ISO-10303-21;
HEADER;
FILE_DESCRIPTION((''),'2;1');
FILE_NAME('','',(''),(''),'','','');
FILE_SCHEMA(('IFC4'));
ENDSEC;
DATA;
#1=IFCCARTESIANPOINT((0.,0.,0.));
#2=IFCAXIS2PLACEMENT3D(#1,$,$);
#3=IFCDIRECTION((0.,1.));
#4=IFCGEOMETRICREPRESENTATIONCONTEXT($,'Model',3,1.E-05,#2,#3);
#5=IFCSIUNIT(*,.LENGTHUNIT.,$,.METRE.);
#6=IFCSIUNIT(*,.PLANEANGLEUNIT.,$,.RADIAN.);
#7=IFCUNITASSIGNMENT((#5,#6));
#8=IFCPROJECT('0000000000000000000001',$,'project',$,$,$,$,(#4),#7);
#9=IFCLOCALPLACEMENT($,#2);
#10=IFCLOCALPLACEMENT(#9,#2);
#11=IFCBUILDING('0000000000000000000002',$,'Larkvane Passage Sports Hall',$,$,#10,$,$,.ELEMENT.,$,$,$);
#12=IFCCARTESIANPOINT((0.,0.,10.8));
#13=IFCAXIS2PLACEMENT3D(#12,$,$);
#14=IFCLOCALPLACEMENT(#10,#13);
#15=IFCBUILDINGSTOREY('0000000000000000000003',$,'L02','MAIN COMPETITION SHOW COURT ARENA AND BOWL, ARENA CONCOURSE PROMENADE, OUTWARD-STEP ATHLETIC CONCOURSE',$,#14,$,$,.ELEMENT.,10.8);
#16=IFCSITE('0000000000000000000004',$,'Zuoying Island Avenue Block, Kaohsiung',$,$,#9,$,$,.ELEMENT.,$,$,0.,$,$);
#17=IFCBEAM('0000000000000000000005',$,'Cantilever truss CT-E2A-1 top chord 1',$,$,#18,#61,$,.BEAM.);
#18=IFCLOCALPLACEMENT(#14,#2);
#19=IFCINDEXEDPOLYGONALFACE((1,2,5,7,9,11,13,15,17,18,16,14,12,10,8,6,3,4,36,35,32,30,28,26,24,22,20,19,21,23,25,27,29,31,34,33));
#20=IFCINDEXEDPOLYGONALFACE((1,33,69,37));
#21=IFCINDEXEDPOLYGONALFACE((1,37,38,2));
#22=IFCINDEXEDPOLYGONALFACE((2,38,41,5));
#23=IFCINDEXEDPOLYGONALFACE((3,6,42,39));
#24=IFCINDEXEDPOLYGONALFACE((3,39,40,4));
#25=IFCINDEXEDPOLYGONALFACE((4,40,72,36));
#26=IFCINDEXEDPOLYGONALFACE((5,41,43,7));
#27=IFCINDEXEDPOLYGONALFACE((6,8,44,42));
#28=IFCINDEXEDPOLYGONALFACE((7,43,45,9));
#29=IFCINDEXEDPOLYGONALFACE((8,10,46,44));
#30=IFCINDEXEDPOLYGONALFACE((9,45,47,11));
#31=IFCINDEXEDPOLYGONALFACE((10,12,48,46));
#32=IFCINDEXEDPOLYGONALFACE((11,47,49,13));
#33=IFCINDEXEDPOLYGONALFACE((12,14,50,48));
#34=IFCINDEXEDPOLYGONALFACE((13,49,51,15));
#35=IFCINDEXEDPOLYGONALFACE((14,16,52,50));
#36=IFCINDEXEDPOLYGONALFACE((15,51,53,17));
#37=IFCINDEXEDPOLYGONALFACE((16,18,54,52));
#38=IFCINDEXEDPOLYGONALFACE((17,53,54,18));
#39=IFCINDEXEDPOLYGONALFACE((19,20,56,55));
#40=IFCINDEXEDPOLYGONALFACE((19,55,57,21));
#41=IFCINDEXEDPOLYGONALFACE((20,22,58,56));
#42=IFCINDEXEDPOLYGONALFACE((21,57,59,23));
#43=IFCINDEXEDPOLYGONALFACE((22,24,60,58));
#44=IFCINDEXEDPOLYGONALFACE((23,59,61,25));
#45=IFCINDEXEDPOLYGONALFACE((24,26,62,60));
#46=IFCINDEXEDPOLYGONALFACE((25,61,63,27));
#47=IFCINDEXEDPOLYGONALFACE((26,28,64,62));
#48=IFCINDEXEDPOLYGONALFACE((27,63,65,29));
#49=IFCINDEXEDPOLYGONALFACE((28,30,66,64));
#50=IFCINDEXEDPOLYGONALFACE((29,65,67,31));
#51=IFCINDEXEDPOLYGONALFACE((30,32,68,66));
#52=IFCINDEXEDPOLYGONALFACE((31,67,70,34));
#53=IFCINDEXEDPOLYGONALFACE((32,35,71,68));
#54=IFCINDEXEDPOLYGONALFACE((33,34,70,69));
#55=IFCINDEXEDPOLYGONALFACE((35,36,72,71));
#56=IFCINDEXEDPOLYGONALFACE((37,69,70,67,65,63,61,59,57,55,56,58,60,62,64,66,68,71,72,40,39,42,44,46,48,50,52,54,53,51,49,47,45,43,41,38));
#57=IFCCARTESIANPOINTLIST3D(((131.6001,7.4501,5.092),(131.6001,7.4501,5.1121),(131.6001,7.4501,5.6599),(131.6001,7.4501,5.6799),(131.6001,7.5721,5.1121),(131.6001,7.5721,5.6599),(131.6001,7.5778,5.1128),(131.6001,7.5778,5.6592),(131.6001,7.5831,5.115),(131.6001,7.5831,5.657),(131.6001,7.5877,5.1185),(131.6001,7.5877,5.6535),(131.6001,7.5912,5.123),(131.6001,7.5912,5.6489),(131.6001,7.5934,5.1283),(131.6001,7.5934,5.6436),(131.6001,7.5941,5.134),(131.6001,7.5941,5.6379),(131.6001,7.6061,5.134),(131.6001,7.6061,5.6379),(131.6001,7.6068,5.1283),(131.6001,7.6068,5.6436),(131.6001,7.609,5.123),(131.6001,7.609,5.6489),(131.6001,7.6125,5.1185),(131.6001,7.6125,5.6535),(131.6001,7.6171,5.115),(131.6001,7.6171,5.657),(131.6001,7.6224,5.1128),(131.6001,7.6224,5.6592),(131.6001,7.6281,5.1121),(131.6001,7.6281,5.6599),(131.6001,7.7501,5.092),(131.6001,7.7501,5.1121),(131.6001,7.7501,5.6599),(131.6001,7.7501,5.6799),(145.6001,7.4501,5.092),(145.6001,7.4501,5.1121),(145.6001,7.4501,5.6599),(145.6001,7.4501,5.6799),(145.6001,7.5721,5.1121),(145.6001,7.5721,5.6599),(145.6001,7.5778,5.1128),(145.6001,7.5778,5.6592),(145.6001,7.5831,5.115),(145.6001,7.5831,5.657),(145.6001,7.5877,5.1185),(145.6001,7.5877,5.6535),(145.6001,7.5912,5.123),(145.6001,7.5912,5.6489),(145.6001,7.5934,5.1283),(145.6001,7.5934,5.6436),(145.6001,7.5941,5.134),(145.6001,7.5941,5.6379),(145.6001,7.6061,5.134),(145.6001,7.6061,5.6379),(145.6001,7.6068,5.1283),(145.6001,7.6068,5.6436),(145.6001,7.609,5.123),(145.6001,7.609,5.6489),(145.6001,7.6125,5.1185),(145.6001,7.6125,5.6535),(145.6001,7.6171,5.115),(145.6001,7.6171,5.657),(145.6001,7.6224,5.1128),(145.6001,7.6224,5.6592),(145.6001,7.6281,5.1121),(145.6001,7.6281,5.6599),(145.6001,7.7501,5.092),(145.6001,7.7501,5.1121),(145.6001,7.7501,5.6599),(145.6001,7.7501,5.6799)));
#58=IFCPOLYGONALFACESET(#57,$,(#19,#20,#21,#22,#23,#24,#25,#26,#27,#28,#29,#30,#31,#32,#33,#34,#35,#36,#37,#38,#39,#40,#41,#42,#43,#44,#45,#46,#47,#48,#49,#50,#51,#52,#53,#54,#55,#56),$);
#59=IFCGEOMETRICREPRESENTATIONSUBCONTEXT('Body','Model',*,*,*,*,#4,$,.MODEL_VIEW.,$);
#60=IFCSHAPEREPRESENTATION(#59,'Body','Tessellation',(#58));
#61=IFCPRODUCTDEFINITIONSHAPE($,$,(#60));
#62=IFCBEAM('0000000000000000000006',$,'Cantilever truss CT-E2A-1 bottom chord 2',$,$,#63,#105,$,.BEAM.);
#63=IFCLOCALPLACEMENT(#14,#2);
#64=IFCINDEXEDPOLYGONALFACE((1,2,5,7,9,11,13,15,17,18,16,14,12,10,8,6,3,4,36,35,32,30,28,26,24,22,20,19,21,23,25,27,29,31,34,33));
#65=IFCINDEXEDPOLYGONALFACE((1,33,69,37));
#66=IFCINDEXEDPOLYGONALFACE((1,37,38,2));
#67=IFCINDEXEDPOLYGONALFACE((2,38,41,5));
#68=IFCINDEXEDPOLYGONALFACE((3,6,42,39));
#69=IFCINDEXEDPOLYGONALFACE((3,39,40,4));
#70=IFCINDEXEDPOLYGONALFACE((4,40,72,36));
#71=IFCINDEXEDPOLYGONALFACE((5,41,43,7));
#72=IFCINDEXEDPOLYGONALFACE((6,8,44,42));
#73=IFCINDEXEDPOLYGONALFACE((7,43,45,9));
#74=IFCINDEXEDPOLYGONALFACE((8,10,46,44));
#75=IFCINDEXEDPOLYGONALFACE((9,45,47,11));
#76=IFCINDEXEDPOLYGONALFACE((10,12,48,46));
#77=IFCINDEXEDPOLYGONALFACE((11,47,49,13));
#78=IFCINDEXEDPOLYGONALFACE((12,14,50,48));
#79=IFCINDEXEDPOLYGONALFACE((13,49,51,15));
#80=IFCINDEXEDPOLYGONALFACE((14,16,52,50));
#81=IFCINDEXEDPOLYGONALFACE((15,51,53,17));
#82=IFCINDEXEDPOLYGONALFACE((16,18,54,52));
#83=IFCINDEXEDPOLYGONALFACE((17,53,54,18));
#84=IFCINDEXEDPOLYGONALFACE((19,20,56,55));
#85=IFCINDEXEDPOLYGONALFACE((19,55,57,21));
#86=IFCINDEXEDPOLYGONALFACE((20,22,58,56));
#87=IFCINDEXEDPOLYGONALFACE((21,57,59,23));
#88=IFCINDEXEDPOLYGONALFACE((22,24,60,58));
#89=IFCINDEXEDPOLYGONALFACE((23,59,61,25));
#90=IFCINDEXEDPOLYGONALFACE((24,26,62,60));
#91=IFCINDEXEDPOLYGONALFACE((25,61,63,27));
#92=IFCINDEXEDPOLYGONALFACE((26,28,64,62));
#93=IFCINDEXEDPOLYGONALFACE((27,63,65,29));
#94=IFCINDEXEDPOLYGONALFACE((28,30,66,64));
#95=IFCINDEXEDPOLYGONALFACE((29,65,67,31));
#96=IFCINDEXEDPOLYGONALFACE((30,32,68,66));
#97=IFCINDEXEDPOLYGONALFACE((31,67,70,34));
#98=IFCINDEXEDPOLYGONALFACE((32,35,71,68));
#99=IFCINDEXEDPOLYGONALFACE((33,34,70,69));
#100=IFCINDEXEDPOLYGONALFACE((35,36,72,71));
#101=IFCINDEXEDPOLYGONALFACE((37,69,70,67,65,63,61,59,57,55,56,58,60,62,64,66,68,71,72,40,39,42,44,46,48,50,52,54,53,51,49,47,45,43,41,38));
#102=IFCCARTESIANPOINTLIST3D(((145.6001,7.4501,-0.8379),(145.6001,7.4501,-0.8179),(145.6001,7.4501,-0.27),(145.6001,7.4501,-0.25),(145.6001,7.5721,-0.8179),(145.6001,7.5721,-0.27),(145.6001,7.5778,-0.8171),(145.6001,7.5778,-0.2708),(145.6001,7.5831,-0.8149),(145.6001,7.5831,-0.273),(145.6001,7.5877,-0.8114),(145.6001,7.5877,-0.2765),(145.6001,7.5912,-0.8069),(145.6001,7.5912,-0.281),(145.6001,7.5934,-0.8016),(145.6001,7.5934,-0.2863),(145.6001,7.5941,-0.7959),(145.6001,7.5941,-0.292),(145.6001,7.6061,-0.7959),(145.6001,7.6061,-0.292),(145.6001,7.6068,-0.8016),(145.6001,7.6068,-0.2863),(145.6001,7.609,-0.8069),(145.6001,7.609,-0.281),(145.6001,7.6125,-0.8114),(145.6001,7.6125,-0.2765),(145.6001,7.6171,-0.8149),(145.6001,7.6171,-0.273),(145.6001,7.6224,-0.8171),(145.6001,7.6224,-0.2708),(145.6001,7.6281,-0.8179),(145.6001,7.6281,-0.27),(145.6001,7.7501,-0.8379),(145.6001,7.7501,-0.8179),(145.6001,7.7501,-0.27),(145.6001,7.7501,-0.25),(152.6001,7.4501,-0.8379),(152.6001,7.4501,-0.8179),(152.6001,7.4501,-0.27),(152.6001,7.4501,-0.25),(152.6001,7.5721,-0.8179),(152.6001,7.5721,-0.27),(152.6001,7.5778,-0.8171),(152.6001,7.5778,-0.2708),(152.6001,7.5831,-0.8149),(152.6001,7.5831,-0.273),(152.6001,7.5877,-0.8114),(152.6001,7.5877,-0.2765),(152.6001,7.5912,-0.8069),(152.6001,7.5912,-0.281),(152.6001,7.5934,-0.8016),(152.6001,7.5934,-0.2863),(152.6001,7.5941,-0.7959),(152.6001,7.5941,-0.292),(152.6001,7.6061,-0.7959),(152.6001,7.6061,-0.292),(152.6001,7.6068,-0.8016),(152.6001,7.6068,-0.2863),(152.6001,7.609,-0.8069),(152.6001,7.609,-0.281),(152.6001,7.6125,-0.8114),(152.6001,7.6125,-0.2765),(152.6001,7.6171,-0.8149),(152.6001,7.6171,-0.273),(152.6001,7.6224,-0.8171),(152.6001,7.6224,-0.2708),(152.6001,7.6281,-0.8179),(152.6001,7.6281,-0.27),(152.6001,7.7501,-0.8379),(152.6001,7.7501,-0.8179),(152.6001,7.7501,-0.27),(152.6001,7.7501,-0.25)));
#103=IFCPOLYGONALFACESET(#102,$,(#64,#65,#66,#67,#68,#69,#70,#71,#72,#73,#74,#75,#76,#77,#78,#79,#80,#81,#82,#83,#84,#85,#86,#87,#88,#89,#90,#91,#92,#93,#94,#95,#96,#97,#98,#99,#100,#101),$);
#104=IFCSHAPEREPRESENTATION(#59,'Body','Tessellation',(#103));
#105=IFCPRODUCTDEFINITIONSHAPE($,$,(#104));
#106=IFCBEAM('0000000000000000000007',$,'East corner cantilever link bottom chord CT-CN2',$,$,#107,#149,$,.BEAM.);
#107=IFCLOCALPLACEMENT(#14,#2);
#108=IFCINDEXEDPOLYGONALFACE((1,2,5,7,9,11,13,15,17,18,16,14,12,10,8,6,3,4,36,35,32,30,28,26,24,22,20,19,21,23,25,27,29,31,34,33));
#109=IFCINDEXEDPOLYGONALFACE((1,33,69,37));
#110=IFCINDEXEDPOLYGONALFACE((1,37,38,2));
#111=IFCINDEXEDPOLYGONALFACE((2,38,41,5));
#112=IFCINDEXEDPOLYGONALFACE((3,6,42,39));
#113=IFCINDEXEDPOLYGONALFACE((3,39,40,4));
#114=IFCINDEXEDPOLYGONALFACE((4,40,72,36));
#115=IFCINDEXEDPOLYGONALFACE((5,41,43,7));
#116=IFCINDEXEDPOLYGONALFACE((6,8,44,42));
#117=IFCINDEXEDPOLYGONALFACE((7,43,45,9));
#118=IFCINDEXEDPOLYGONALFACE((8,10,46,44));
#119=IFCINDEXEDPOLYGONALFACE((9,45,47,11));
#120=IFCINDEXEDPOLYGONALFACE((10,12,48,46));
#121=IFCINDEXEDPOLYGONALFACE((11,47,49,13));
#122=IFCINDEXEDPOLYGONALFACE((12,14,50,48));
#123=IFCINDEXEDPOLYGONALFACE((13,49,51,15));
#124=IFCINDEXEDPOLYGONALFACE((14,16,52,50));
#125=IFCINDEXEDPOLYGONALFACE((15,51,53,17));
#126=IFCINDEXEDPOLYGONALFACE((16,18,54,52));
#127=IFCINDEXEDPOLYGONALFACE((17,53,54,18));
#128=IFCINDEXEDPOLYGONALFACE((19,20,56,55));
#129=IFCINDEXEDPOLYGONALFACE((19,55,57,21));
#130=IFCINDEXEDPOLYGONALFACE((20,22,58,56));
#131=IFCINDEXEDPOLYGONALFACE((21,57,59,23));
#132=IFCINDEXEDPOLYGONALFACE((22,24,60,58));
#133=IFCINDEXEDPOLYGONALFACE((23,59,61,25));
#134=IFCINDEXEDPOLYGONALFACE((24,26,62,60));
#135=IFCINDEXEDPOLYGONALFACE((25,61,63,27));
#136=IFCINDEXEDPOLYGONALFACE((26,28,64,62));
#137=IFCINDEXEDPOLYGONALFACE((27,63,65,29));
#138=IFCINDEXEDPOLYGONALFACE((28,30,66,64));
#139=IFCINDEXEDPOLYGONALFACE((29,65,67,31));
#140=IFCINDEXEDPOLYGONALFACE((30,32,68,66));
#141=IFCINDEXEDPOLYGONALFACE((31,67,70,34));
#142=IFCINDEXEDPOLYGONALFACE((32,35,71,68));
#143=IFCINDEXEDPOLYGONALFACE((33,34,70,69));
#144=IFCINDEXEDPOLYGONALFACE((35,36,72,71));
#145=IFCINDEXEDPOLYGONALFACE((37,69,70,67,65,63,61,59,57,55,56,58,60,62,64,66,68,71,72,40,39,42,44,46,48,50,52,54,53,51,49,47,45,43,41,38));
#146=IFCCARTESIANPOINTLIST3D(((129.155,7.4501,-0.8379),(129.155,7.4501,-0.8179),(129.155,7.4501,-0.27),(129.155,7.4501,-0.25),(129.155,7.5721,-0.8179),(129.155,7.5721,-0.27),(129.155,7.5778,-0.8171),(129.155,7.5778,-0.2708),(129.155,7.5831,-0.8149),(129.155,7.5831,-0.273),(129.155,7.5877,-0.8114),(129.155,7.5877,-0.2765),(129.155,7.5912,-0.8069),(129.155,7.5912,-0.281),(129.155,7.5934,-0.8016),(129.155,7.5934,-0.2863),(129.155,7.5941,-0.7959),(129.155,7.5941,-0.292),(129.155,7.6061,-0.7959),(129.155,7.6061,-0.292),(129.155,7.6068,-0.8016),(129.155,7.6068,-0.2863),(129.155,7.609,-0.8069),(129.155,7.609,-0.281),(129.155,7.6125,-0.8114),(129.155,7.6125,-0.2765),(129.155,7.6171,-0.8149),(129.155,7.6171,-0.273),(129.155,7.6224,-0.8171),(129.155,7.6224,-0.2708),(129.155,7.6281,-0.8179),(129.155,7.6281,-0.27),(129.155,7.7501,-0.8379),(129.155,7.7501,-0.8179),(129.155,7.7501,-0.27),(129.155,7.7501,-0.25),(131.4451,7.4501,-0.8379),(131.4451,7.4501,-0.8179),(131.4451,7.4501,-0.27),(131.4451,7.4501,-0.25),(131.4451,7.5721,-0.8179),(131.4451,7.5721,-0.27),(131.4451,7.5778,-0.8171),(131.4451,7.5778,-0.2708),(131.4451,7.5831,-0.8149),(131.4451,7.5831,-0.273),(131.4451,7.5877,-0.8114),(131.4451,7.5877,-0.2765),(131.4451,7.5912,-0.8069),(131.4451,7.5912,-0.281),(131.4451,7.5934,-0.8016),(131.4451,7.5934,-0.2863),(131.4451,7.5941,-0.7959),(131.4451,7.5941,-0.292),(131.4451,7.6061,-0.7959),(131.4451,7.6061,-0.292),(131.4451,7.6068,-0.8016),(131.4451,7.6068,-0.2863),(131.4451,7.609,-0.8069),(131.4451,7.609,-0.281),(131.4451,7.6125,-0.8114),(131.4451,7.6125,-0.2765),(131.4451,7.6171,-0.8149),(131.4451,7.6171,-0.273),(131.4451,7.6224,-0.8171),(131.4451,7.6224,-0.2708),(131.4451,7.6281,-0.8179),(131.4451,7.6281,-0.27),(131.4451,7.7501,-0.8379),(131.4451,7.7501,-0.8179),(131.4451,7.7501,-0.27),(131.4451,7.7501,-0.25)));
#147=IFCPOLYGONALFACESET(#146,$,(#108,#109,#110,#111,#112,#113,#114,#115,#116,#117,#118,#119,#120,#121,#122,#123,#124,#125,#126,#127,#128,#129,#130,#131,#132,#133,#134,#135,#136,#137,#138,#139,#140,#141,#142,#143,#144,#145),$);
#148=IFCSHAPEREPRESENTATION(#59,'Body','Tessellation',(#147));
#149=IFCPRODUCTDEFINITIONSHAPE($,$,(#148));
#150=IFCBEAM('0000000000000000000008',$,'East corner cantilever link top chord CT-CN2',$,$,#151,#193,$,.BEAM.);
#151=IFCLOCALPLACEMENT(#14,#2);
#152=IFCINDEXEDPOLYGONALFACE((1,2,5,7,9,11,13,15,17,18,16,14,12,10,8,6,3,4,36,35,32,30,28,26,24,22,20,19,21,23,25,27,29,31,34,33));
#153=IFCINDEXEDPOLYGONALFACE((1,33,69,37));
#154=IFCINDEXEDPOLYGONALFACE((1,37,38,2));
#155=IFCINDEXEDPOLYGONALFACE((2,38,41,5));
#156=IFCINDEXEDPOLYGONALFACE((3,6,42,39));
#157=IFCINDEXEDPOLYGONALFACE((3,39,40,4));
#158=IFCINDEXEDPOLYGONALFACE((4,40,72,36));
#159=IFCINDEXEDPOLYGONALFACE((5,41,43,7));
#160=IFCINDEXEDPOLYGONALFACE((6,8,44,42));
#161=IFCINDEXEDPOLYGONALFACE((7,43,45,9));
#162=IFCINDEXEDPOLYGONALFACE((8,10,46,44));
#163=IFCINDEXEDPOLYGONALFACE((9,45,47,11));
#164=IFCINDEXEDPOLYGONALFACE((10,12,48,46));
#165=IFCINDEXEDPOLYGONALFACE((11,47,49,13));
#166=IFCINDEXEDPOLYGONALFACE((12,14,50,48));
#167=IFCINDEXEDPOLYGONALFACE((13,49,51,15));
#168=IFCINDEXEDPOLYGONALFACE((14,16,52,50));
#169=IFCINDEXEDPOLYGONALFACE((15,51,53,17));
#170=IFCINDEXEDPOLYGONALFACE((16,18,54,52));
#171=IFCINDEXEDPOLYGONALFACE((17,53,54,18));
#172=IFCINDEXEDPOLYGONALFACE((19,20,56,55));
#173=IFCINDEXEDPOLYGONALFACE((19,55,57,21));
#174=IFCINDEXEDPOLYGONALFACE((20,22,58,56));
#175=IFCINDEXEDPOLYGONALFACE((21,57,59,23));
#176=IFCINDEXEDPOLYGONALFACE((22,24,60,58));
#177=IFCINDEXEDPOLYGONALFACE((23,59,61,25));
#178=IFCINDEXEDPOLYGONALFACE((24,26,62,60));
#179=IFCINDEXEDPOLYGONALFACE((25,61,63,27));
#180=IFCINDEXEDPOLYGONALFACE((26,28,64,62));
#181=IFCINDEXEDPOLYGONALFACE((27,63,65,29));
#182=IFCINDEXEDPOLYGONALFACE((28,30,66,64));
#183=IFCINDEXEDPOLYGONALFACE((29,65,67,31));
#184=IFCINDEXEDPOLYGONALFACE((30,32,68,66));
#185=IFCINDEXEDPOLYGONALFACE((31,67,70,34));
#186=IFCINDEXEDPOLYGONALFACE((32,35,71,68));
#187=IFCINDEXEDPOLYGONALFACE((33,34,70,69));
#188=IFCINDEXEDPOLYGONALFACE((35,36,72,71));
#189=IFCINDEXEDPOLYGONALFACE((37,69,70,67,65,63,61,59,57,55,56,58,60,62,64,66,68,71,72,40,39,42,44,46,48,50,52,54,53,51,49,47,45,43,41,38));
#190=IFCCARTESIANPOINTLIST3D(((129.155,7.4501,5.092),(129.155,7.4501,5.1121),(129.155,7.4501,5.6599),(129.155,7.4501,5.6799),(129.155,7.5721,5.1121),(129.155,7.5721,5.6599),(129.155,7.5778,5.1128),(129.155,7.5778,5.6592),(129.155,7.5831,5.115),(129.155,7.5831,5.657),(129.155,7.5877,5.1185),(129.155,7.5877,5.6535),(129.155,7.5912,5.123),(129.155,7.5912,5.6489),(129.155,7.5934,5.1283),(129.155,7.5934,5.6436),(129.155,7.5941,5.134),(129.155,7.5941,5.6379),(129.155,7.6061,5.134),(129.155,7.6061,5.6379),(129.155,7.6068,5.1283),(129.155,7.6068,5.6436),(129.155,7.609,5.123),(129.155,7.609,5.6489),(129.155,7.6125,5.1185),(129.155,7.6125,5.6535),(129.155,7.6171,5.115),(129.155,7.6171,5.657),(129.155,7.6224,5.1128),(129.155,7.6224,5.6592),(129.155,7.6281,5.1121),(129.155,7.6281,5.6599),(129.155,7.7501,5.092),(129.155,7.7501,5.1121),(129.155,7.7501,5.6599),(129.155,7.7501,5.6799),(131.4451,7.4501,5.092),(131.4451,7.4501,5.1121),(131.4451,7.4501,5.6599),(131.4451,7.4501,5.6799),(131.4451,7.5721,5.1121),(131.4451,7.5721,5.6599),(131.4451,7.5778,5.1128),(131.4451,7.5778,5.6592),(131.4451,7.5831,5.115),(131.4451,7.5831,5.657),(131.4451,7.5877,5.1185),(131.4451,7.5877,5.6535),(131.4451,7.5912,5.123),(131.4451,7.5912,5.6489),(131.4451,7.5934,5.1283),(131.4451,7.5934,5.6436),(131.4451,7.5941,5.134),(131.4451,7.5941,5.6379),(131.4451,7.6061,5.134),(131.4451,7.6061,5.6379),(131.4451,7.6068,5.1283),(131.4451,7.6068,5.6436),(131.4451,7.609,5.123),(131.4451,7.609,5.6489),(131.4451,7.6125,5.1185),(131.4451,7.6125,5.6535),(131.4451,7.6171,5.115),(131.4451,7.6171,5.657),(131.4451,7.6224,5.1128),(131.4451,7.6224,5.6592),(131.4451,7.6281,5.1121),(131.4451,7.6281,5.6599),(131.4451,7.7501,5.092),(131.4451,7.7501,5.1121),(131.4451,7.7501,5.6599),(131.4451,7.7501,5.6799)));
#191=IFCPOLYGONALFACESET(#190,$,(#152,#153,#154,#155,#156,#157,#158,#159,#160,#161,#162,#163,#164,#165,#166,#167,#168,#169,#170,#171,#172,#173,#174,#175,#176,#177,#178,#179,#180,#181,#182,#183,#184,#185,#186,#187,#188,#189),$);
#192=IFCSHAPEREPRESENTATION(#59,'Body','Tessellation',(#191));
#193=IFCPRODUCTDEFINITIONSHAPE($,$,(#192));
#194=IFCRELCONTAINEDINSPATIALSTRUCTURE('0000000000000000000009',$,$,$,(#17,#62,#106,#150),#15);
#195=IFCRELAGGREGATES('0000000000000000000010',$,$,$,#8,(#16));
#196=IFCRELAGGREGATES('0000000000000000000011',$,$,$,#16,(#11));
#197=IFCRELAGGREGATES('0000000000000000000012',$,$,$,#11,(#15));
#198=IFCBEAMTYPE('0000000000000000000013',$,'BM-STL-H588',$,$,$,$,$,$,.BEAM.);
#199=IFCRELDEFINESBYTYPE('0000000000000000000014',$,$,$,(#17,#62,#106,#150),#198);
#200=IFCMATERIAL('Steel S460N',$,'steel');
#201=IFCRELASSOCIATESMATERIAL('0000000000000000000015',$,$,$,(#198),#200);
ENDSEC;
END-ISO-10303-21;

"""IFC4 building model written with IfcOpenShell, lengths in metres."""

from ifc_helpers import new_model, si_unit, direction, frame, origin, origin_2d, place, context, subcontext, project, spatial, i_section, extrude, material, material_profile, profile_set, type_object, element, save


model = new_model("IFC4")

# Units and contexts
model_context = context("Model", 3, precision=1e-05, world=origin(), true_north=direction((0.0, 1.0)))
body_context = subcontext(model_context, "Body", "Model", "MODEL_VIEW")
ifc_project = project(units=[si_unit("LENGTHUNIT", "METRE"), si_unit("PLANEANGLEUNIT", "RADIAN")], contexts=[model_context])

# Site, building, storey
site_placement = place(None, origin())
site = spatial("IfcSite", under=ifc_project, at=site_placement, Name="Zuoying Island Avenue Block, Kaohsiung", CompositionType="ELEMENT", RefElevation=0.0)
building_placement = place(site_placement, origin())
building = spatial("IfcBuilding", under=site, at=building_placement, Name="Larkvane Passage Sports Hall", CompositionType="ELEMENT")
storey_placement = place(building_placement, frame((0.0, 0.0, 10.8)))
storey = spatial("IfcBuildingStorey", under=building, at=storey_placement, Name="L02", Description="MAIN COMPETITION SHOW COURT ARENA AND BOWL, ARENA CONCOURSE PROMENADE, OUTWARD-STEP ATHLETIC CONCOURSE", CompositionType="ELEMENT", Elevation=10.8)

# Shared definitions
ifc_material_1 = material(Name="Steel S460N", Category="steel")

# Beams
ifc_material_profile_1 = material_profile(ifc_material_1, i_section(OverallWidth=0.3, OverallDepth=0.5879, WebThickness=0.012, FlangeThickness=0.02, FilletRadius=0.022, at=origin_2d()), Name="H-588x300x12x20")
ifc_profile_set_1 = profile_set([ifc_material_profile_1], Name="Steel S460N")
beam_type_1 = type_object("IfcBeamType", Name="BM-STL-H588", PredefinedType="BEAM", material=ifc_profile_set_1)
for number, where, z_axis, x_axis, name in (
    (1, (131.6001, 7.6001, 5.386), (1.0, 0.0, 0.0), (0.0, 1.0, 0.0), "Cantilever truss CT-E2A-1 top chord 1"),
):
    element("IfcBeam", number, at=place(storey_placement, frame(where, z_axis=z_axis, x_axis=x_axis)), inside=storey, type_object=beam_type_1, Name=name, PredefinedType="BEAM", context=body_context, shape_type="SweptSolid", body=[
        extrude(i_section(OverallWidth=0.3, OverallDepth=0.5879, WebThickness=0.012, FlangeThickness=0.02, FilletRadius=0.022, at=origin_2d()), origin(), (0.0, 0.0, 1.0), 14.0),
    ])
beam_1_placement = place(storey_placement, frame((145.6001, 7.6001, -0.5439), z_axis=(1.0, 0.0, 0.0), x_axis=(0.0, 1.0, 0.0)))
element("IfcBeam", 2, at=beam_1_placement, inside=storey, type_object=beam_type_1, Name="Cantilever truss CT-E2A-1 bottom chord 2", PredefinedType="BEAM", context=body_context, shape_type="SweptSolid", body=[
    extrude(i_section(OverallWidth=0.3, OverallDepth=0.5879, WebThickness=0.012, FlangeThickness=0.02, FilletRadius=0.022, at=origin_2d()), origin(), (0.0, 0.0, 1.0), 7.0),
])
for number, where, z_axis, x_axis, name in (
    (3, (129.155, 7.6001, -0.5439), (1.0, 0.0, 0.0), (0.0, 1.0, 0.0), "East corner cantilever link bottom chord CT-CN2"),
    (4, (129.155, 7.6001, 5.386), (1.0, 0.0, 0.0), (0.0, 1.0, 0.0), "East corner cantilever link top chord CT-CN2"),
):
    element("IfcBeam", number, at=place(storey_placement, frame(where, z_axis=z_axis, x_axis=x_axis)), inside=storey, type_object=beam_type_1, Name=name, PredefinedType="BEAM", context=body_context, shape_type="SweptSolid", body=[
        extrude(i_section(OverallWidth=0.3, OverallDepth=0.5879, WebThickness=0.012, FlangeThickness=0.02, FilletRadius=0.022, at=origin_2d()), origin(), (0.0, 0.0, 1.0), 2.29),
    ])

save(model, "model.ifc")
